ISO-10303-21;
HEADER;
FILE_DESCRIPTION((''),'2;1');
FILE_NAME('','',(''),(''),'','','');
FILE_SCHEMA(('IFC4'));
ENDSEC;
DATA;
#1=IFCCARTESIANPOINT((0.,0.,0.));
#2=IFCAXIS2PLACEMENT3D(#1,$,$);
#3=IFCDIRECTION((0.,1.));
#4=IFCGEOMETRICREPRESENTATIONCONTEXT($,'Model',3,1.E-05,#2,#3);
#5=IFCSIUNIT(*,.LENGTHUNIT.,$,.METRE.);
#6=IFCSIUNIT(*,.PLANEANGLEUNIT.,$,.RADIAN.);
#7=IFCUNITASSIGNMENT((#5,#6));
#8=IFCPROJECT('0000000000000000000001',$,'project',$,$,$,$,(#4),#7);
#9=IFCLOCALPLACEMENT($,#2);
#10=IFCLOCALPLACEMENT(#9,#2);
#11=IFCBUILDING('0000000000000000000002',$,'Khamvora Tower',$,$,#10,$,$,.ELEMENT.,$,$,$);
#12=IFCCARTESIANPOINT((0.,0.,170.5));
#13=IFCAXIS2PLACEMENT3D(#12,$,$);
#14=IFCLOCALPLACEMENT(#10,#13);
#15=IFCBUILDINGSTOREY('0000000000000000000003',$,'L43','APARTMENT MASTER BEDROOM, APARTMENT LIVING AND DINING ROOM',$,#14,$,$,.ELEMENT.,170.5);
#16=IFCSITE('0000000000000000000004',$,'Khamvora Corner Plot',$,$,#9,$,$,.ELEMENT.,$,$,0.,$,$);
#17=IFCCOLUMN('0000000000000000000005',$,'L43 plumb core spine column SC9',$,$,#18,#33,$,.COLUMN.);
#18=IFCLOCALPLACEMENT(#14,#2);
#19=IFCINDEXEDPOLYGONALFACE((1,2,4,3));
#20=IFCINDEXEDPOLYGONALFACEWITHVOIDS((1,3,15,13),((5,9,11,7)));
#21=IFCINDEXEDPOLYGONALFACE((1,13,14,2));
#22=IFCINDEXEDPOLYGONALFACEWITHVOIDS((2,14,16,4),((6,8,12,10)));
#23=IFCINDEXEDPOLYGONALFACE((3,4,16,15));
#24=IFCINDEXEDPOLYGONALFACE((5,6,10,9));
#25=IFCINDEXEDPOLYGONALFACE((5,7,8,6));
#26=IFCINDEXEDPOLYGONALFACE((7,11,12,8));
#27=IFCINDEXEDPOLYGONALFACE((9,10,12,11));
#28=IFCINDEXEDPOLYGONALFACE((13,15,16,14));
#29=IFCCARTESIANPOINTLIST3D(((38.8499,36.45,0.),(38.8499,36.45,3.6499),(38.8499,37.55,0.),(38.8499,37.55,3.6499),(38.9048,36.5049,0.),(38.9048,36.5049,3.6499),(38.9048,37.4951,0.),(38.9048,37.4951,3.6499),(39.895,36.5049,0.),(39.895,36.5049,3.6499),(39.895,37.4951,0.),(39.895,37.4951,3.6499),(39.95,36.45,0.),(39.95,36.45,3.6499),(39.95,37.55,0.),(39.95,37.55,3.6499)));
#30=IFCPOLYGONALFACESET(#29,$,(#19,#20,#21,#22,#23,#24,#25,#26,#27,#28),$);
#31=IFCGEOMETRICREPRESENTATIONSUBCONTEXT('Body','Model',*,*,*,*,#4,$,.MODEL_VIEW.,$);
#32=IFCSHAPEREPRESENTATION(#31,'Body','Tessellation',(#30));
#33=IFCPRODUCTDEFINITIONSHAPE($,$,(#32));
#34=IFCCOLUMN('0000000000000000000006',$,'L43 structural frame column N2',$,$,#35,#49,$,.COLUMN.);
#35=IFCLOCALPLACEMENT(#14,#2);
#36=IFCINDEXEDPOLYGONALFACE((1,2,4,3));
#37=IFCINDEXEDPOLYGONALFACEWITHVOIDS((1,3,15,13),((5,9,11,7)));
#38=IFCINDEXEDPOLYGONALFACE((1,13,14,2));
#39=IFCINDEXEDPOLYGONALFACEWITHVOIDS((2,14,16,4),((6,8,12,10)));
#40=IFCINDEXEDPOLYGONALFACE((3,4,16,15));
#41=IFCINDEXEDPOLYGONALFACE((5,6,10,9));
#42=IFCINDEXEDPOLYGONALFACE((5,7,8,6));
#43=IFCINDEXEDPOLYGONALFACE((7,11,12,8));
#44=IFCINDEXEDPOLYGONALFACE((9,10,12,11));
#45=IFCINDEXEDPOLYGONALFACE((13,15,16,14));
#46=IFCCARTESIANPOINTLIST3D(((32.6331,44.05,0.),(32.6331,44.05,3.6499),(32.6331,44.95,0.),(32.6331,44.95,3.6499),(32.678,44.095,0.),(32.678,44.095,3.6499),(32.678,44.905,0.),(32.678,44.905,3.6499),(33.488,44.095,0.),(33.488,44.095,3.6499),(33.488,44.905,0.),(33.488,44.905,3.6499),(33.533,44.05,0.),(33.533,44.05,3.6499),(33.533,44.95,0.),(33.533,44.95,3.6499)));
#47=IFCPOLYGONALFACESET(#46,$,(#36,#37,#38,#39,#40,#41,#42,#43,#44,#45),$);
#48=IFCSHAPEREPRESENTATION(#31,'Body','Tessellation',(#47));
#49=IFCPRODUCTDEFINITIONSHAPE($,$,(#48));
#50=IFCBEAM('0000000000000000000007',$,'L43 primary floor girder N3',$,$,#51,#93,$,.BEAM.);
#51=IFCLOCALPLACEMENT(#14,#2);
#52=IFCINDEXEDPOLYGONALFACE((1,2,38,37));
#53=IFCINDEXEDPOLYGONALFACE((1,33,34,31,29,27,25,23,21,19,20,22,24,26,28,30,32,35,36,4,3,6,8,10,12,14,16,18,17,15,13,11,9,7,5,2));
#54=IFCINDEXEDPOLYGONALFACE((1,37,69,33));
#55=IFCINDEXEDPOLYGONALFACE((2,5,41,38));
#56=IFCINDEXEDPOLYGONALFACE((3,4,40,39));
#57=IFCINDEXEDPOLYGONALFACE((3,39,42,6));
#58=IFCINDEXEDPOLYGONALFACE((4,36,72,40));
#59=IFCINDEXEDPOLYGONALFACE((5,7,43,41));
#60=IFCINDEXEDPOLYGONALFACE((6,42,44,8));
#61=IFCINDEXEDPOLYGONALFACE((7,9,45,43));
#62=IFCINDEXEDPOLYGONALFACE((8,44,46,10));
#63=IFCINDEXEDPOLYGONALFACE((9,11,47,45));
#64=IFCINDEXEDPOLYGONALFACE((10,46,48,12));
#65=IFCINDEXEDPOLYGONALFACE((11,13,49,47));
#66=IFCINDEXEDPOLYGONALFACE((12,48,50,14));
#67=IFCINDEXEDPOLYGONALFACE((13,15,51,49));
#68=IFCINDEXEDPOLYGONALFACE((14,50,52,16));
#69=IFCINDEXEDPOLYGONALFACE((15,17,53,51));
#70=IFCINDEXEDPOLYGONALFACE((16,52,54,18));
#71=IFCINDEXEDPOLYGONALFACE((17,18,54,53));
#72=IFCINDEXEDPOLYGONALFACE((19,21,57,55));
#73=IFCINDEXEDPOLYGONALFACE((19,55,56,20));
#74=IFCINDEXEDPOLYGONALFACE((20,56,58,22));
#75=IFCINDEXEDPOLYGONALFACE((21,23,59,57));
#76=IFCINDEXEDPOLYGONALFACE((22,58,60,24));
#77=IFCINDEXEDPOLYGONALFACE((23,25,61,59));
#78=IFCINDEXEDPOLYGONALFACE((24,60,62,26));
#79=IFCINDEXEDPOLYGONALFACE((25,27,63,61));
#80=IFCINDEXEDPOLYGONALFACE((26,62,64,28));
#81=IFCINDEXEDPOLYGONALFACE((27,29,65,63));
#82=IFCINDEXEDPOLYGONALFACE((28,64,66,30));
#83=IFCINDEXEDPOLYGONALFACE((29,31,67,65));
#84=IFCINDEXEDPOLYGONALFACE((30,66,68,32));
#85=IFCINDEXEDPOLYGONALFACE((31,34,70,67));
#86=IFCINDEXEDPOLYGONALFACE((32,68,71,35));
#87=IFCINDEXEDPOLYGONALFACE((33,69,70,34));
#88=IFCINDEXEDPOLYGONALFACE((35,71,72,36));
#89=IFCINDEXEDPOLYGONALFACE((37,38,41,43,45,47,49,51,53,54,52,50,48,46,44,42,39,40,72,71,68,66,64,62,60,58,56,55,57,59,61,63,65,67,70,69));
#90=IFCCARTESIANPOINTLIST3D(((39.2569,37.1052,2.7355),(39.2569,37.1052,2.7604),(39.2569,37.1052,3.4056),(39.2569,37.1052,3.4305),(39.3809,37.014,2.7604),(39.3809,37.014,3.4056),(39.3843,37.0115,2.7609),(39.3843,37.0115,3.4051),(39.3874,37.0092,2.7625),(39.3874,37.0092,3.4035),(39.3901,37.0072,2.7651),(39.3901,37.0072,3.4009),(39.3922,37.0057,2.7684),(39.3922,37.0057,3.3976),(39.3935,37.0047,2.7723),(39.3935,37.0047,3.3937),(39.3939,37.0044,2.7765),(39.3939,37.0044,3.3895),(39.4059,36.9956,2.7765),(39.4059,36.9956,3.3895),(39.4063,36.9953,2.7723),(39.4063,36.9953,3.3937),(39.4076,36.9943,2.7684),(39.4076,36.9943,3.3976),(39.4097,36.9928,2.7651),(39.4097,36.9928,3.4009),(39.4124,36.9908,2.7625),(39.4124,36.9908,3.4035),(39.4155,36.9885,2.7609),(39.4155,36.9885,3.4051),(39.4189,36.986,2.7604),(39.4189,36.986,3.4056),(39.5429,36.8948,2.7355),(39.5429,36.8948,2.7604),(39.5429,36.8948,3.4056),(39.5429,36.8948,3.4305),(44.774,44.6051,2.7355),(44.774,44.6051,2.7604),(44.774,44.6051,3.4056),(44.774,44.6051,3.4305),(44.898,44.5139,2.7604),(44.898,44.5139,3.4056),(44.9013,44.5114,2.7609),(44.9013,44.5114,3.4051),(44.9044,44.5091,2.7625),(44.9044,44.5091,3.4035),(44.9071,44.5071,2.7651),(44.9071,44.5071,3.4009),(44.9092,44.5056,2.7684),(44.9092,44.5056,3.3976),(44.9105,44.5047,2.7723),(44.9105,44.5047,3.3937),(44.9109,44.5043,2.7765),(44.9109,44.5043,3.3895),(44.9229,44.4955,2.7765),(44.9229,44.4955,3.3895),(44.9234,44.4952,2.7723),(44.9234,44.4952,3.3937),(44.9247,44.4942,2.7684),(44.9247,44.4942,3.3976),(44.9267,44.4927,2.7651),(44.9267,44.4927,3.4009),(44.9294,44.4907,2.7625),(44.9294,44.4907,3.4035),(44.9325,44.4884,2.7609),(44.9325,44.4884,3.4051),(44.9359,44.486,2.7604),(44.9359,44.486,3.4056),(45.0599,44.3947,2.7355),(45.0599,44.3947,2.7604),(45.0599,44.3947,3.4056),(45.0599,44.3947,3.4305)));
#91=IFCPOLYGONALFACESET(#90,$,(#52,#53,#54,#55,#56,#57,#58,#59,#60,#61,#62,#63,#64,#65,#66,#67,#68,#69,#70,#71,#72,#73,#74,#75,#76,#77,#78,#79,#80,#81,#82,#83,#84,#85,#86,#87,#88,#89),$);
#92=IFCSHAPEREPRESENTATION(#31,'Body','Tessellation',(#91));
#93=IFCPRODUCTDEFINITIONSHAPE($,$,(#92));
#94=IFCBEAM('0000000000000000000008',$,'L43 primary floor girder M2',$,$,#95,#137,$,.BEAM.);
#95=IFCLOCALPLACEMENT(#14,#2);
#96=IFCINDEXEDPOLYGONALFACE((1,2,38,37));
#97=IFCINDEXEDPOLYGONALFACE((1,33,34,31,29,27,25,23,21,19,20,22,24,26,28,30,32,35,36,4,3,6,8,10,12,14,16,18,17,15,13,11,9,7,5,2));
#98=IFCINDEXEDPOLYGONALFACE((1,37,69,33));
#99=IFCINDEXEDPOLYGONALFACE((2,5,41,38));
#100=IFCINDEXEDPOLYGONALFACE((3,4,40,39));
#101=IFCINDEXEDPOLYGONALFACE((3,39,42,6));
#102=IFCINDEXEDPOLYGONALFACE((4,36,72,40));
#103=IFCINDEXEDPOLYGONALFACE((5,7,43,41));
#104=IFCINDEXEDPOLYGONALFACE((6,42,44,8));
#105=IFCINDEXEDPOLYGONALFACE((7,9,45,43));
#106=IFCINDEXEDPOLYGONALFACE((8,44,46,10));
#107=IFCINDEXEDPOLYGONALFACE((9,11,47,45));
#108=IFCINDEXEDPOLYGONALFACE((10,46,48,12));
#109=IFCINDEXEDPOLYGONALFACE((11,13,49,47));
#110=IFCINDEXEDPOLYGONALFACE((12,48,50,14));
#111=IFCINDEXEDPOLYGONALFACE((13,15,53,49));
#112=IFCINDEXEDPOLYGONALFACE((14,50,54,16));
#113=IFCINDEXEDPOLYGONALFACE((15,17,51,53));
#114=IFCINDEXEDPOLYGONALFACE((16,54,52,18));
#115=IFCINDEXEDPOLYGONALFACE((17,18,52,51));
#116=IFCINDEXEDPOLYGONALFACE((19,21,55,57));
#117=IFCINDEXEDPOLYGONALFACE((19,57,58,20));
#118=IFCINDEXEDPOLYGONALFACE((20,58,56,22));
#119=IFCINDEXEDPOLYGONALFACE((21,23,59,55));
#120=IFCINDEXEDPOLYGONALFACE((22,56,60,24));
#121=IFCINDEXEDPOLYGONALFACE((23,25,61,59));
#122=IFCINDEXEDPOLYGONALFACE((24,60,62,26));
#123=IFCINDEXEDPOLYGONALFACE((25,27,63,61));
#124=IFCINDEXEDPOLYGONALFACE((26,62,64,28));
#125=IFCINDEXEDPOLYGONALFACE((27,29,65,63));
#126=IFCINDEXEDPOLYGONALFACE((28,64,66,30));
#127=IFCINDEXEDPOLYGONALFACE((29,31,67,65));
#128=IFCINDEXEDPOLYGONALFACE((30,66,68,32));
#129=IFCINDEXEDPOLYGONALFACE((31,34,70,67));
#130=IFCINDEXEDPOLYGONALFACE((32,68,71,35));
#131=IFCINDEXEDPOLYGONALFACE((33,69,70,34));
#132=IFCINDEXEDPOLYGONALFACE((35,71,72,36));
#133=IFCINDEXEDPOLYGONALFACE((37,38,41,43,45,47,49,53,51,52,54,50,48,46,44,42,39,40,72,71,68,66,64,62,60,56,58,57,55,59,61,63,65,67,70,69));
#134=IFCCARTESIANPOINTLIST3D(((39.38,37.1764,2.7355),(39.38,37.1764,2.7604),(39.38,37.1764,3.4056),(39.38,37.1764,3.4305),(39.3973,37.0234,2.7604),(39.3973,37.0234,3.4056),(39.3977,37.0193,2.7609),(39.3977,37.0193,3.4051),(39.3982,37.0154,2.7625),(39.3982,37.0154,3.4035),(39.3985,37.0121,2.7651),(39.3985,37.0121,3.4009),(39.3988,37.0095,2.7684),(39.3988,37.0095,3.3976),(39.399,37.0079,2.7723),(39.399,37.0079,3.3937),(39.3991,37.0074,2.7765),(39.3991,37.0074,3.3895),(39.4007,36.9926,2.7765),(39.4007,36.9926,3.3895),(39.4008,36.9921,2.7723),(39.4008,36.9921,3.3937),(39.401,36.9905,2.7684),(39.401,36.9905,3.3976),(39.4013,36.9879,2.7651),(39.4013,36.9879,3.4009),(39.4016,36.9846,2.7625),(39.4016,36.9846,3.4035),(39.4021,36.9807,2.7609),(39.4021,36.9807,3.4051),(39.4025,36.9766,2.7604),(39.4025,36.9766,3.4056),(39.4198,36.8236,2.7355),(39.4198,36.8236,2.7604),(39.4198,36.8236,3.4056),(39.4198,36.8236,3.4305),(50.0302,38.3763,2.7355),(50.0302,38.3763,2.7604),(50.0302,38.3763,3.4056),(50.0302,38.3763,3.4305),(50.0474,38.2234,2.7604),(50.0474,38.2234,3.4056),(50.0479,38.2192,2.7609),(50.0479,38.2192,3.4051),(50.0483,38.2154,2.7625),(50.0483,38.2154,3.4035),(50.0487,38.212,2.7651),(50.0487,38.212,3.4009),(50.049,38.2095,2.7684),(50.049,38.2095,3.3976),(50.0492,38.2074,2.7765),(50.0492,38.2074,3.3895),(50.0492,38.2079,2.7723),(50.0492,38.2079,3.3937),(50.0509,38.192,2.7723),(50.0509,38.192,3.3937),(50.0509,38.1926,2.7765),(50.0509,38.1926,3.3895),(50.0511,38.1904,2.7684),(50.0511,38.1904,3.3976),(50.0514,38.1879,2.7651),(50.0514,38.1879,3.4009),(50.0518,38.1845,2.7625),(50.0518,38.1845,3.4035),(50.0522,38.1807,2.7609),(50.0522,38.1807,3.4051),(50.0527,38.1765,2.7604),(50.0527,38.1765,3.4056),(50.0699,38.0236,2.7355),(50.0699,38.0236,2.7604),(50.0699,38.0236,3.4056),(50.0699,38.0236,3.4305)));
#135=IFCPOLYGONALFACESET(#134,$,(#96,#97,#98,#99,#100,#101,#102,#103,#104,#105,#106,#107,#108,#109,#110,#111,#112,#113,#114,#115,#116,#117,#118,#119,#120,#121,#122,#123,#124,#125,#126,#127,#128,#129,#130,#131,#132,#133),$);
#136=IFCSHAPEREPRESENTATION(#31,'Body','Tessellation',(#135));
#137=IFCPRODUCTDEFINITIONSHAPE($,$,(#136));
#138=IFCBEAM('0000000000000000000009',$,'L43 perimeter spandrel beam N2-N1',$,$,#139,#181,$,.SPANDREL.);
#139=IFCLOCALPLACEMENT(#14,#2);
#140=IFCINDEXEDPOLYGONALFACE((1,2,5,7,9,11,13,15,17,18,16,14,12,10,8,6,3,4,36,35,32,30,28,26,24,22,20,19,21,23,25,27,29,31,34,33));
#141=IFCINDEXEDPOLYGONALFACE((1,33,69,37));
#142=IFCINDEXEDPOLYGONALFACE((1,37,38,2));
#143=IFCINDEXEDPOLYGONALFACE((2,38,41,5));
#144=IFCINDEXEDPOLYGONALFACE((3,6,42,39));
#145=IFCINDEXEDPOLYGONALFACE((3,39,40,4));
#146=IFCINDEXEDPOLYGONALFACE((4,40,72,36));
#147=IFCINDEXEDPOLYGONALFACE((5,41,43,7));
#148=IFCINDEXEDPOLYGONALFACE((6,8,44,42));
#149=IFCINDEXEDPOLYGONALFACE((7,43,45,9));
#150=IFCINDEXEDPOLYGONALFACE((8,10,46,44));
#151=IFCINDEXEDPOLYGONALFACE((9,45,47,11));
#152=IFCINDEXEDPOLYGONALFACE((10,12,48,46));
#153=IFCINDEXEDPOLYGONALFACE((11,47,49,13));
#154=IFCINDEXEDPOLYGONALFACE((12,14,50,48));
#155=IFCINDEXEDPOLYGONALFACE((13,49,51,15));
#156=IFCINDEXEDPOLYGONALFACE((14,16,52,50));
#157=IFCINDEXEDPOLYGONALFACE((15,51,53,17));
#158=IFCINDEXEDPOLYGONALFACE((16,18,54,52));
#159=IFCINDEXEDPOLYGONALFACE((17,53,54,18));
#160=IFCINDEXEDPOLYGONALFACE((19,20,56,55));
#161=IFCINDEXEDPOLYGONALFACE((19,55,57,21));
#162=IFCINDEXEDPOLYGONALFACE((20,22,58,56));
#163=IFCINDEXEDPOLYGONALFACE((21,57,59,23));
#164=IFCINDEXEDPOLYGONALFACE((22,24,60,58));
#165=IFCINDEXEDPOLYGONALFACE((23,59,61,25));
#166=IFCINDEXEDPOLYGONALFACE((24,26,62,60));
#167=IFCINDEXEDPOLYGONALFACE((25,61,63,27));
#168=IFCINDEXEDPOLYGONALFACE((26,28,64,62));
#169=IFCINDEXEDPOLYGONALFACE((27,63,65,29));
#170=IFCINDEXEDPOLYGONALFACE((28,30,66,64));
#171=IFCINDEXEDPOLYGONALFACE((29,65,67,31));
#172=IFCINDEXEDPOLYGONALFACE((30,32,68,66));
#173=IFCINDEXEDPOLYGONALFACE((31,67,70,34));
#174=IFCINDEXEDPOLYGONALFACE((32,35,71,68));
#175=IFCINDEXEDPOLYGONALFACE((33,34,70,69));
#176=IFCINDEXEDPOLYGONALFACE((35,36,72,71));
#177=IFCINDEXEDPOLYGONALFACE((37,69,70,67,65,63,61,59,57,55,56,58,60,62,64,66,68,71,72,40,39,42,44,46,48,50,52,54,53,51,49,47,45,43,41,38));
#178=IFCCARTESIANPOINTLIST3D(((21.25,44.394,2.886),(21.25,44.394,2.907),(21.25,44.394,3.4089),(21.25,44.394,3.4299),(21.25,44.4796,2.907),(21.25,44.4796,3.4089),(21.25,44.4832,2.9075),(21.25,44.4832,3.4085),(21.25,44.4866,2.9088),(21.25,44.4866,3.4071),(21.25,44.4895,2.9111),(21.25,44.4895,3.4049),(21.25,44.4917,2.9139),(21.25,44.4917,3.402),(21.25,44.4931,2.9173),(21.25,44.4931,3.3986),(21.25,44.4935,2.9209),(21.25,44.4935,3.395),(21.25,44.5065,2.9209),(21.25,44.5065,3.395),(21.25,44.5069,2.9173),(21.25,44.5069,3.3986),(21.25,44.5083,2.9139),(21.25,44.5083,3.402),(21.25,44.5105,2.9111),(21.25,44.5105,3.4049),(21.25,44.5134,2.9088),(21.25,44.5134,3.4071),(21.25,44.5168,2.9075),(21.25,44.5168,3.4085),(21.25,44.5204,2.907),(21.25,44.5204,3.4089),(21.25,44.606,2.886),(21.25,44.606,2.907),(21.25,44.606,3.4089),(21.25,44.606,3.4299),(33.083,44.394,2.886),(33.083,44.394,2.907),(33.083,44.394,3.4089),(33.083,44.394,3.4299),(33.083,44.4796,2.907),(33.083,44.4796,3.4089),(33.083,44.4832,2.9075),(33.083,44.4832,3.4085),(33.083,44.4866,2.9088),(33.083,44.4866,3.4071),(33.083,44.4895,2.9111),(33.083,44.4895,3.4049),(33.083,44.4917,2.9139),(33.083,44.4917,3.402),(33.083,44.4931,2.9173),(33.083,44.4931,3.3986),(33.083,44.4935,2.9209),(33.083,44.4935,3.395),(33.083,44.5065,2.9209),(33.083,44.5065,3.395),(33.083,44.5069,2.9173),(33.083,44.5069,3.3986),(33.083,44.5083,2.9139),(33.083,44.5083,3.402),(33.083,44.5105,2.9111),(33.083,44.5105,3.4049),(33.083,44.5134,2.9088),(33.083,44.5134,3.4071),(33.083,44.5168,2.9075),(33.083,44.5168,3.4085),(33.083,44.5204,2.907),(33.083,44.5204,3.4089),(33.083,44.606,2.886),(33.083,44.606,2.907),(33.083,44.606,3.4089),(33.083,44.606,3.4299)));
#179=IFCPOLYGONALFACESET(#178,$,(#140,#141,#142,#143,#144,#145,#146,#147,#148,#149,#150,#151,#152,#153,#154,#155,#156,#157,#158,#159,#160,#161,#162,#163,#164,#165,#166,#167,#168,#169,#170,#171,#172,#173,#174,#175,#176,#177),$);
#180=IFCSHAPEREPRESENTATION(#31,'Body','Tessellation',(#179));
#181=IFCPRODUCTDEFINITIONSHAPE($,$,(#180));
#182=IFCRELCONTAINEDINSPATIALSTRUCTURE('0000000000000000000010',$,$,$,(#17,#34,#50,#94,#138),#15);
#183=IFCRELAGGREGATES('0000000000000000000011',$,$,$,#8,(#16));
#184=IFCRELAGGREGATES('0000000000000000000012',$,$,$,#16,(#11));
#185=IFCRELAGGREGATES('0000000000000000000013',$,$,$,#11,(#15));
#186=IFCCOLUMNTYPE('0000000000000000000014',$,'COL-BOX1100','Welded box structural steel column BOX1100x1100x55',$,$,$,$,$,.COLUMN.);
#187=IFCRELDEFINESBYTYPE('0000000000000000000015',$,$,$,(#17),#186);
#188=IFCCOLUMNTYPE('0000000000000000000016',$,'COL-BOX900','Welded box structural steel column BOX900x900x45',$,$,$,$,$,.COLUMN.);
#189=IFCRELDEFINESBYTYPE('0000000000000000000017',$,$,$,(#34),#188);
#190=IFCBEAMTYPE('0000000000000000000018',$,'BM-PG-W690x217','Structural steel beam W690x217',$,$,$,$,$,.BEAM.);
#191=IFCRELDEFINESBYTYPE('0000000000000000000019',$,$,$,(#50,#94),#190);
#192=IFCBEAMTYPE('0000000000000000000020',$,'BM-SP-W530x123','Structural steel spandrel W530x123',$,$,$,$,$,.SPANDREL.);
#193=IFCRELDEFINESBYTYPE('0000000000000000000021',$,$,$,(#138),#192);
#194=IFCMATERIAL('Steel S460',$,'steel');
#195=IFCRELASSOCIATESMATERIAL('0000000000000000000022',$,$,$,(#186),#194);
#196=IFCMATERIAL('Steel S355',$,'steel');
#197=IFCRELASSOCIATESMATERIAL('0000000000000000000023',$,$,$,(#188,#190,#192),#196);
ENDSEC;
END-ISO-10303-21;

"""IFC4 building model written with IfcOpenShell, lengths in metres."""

from ifc_helpers import new_model, si_unit, direction, frame, origin, origin_2d, place, context, subcontext, project, spatial, hollow_rectangle, i_section, extrude, material, material_profile, profile_set, type_object, element, save


model = new_model("IFC4")

# Units and contexts
model_context = context("Model", 3, precision=1e-05, world=origin(), true_north=direction((0.0, 1.0)))
body_context = subcontext(model_context, "Body", "Model", "MODEL_VIEW")
ifc_project = project(units=[si_unit("LENGTHUNIT", "METRE"), si_unit("PLANEANGLEUNIT", "RADIAN")], contexts=[model_context])

# Site, building, storey
site_placement = place(None, origin())
site = spatial("IfcSite", under=ifc_project, at=site_placement, Name="Khamvora Corner Plot", CompositionType="ELEMENT", RefElevation=0.0)
building_placement = place(site_placement, origin())
building = spatial("IfcBuilding", under=site, at=building_placement, Name="Khamvora Tower", CompositionType="ELEMENT")
storey_placement = place(building_placement, frame((0.0, 0.0, 170.5)))
storey = spatial("IfcBuildingStorey", under=building, at=storey_placement, Name="L43", Description="APARTMENT MASTER BEDROOM, APARTMENT LIVING AND DINING ROOM", CompositionType="ELEMENT", Elevation=170.5)

# Columns
ifc_material_1 = material(Name="Steel S460", Category="steel")
ifc_material_profile_1 = material_profile(ifc_material_1, hollow_rectangle(XDim=1.1001, YDim=1.1001, WallThickness=0.0549, at=origin_2d()), Name="BOX1100x1100x55")
ifc_profile_set_1 = profile_set([ifc_material_profile_1], Name="Steel S460")
column_type_1 = type_object("IfcColumnType", Name="COL-BOX1100", Description="Welded box structural steel column BOX1100x1100x55", PredefinedType="COLUMN", material=ifc_profile_set_1)
column_1_placement = place(storey_placement, frame((39.3999, 37.0, 0.0), z_axis=(0.0, 0.0, 1.0), x_axis=(1.0, 0.0, 0.0)))
element("IfcColumn", 1, at=column_1_placement, inside=storey, type_object=column_type_1, Name="L43 plumb core spine column SC9", PredefinedType="COLUMN", context=body_context, shape_type="SweptSolid", body=[
    extrude(hollow_rectangle(XDim=1.1001, YDim=1.1001, WallThickness=0.0549, at=origin_2d()), origin(), (0.0, 0.0, 1.0), 3.6499),
])
ifc_material_2 = material(Name="Steel S355", Category="steel")
ifc_material_profile_2 = material_profile(ifc_material_2, hollow_rectangle(XDim=0.8999, YDim=0.8999, WallThickness=0.0449, at=origin_2d()), Name="BOX900x900x45")
ifc_profile_set_2 = profile_set([ifc_material_profile_2], Name="Steel S355")
column_type_2 = type_object("IfcColumnType", Name="COL-BOX900", Description="Welded box structural steel column BOX900x900x45", PredefinedType="COLUMN", material=ifc_profile_set_2)
column_2_placement = place(storey_placement, frame((33.083, 44.5, 0.0), z_axis=(0.0, 0.0, 1.0), x_axis=(1.0, 0.0, 0.0)))
element("IfcColumn", 2, at=column_2_placement, inside=storey, type_object=column_type_2, Name="L43 structural frame column N2", PredefinedType="COLUMN", context=body_context, shape_type="SweptSolid", body=[
    extrude(hollow_rectangle(XDim=0.8999, YDim=0.8999, WallThickness=0.0449, at=origin_2d()), origin(), (0.0, 0.0, 1.0), 3.6499),
])

# Beams
ifc_material_profile_3 = material_profile(ifc_material_2, i_section(OverallWidth=0.355, OverallDepth=0.6951, WebThickness=0.0149, FlangeThickness=0.0249, FilletRadius=0.0161, at=origin_2d()), Name="W690x217")
ifc_profile_set_3 = profile_set([ifc_material_profile_3], Name="Steel S355")
beam_type_1 = type_object("IfcBeamType", Name="BM-PG-W690x217", Description="Structural steel beam W690x217", PredefinedType="BEAM", material=ifc_profile_set_3)
beam_1_placement = place(storey_placement, frame((39.3999, 37.0, 3.083), z_axis=(0.592557, 0.805529, 0.0), x_axis=(-0.805529, 0.592557, 0.0)))
element("IfcBeam", 3, at=beam_1_placement, inside=storey, type_object=beam_type_1, Name="L43 primary floor girder N3", PredefinedType="BEAM", context=body_context, shape_type="SweptSolid", body=[
    extrude(i_section(OverallWidth=0.355, OverallDepth=0.6951, WebThickness=0.0149, FlangeThickness=0.0249, FilletRadius=0.0161, at=origin_2d()), origin(), (0.0, 0.0, 1.0), 9.3105),
])
beam_2_placement = place(storey_placement, frame((39.3999, 37.0, 3.083), z_axis=(0.993713, 0.111962, 0.0), x_axis=(-0.111962, 0.993713, 0.0)))
element("IfcBeam", 4, at=beam_2_placement, inside=storey, type_object=beam_type_1, Name="L43 primary floor girder M2", PredefinedType="BEAM", context=body_context, shape_type="SweptSolid", body=[
    extrude(i_section(OverallWidth=0.355, OverallDepth=0.6951, WebThickness=0.0149, FlangeThickness=0.0249, FilletRadius=0.0161, at=origin_2d()), origin(), (0.0, 0.0, 1.0), 10.7175),
])
ifc_material_profile_4 = material_profile(ifc_material_2, i_section(OverallWidth=0.2119, OverallDepth=0.5439, WebThickness=0.0129, FlangeThickness=0.021, FilletRadius=0.0139, at=origin_2d()), Name="W530x123")
ifc_profile_set_4 = profile_set([ifc_material_profile_4], Name="Steel S355")
beam_type_2 = type_object("IfcBeamType", Name="BM-SP-W530x123", Description="Structural steel spandrel W530x123", PredefinedType="SPANDREL", material=ifc_profile_set_4)
beam_3_placement = place(storey_placement, frame((33.083, 44.5, 3.158), z_axis=(-1.0, 0.0, 0.0), x_axis=(0.0, -1.0, 0.0)))
element("IfcBeam", 5, at=beam_3_placement, inside=storey, type_object=beam_type_2, Name="L43 perimeter spandrel beam N2-N1", PredefinedType="SPANDREL", context=body_context, shape_type="SweptSolid", body=[
    extrude(i_section(OverallWidth=0.2119, OverallDepth=0.5439, WebThickness=0.0129, FlangeThickness=0.021, FilletRadius=0.0139, at=origin_2d()), origin(), (0.0, 0.0, 1.0), 11.833),
])

save(model, "model.ifc")
